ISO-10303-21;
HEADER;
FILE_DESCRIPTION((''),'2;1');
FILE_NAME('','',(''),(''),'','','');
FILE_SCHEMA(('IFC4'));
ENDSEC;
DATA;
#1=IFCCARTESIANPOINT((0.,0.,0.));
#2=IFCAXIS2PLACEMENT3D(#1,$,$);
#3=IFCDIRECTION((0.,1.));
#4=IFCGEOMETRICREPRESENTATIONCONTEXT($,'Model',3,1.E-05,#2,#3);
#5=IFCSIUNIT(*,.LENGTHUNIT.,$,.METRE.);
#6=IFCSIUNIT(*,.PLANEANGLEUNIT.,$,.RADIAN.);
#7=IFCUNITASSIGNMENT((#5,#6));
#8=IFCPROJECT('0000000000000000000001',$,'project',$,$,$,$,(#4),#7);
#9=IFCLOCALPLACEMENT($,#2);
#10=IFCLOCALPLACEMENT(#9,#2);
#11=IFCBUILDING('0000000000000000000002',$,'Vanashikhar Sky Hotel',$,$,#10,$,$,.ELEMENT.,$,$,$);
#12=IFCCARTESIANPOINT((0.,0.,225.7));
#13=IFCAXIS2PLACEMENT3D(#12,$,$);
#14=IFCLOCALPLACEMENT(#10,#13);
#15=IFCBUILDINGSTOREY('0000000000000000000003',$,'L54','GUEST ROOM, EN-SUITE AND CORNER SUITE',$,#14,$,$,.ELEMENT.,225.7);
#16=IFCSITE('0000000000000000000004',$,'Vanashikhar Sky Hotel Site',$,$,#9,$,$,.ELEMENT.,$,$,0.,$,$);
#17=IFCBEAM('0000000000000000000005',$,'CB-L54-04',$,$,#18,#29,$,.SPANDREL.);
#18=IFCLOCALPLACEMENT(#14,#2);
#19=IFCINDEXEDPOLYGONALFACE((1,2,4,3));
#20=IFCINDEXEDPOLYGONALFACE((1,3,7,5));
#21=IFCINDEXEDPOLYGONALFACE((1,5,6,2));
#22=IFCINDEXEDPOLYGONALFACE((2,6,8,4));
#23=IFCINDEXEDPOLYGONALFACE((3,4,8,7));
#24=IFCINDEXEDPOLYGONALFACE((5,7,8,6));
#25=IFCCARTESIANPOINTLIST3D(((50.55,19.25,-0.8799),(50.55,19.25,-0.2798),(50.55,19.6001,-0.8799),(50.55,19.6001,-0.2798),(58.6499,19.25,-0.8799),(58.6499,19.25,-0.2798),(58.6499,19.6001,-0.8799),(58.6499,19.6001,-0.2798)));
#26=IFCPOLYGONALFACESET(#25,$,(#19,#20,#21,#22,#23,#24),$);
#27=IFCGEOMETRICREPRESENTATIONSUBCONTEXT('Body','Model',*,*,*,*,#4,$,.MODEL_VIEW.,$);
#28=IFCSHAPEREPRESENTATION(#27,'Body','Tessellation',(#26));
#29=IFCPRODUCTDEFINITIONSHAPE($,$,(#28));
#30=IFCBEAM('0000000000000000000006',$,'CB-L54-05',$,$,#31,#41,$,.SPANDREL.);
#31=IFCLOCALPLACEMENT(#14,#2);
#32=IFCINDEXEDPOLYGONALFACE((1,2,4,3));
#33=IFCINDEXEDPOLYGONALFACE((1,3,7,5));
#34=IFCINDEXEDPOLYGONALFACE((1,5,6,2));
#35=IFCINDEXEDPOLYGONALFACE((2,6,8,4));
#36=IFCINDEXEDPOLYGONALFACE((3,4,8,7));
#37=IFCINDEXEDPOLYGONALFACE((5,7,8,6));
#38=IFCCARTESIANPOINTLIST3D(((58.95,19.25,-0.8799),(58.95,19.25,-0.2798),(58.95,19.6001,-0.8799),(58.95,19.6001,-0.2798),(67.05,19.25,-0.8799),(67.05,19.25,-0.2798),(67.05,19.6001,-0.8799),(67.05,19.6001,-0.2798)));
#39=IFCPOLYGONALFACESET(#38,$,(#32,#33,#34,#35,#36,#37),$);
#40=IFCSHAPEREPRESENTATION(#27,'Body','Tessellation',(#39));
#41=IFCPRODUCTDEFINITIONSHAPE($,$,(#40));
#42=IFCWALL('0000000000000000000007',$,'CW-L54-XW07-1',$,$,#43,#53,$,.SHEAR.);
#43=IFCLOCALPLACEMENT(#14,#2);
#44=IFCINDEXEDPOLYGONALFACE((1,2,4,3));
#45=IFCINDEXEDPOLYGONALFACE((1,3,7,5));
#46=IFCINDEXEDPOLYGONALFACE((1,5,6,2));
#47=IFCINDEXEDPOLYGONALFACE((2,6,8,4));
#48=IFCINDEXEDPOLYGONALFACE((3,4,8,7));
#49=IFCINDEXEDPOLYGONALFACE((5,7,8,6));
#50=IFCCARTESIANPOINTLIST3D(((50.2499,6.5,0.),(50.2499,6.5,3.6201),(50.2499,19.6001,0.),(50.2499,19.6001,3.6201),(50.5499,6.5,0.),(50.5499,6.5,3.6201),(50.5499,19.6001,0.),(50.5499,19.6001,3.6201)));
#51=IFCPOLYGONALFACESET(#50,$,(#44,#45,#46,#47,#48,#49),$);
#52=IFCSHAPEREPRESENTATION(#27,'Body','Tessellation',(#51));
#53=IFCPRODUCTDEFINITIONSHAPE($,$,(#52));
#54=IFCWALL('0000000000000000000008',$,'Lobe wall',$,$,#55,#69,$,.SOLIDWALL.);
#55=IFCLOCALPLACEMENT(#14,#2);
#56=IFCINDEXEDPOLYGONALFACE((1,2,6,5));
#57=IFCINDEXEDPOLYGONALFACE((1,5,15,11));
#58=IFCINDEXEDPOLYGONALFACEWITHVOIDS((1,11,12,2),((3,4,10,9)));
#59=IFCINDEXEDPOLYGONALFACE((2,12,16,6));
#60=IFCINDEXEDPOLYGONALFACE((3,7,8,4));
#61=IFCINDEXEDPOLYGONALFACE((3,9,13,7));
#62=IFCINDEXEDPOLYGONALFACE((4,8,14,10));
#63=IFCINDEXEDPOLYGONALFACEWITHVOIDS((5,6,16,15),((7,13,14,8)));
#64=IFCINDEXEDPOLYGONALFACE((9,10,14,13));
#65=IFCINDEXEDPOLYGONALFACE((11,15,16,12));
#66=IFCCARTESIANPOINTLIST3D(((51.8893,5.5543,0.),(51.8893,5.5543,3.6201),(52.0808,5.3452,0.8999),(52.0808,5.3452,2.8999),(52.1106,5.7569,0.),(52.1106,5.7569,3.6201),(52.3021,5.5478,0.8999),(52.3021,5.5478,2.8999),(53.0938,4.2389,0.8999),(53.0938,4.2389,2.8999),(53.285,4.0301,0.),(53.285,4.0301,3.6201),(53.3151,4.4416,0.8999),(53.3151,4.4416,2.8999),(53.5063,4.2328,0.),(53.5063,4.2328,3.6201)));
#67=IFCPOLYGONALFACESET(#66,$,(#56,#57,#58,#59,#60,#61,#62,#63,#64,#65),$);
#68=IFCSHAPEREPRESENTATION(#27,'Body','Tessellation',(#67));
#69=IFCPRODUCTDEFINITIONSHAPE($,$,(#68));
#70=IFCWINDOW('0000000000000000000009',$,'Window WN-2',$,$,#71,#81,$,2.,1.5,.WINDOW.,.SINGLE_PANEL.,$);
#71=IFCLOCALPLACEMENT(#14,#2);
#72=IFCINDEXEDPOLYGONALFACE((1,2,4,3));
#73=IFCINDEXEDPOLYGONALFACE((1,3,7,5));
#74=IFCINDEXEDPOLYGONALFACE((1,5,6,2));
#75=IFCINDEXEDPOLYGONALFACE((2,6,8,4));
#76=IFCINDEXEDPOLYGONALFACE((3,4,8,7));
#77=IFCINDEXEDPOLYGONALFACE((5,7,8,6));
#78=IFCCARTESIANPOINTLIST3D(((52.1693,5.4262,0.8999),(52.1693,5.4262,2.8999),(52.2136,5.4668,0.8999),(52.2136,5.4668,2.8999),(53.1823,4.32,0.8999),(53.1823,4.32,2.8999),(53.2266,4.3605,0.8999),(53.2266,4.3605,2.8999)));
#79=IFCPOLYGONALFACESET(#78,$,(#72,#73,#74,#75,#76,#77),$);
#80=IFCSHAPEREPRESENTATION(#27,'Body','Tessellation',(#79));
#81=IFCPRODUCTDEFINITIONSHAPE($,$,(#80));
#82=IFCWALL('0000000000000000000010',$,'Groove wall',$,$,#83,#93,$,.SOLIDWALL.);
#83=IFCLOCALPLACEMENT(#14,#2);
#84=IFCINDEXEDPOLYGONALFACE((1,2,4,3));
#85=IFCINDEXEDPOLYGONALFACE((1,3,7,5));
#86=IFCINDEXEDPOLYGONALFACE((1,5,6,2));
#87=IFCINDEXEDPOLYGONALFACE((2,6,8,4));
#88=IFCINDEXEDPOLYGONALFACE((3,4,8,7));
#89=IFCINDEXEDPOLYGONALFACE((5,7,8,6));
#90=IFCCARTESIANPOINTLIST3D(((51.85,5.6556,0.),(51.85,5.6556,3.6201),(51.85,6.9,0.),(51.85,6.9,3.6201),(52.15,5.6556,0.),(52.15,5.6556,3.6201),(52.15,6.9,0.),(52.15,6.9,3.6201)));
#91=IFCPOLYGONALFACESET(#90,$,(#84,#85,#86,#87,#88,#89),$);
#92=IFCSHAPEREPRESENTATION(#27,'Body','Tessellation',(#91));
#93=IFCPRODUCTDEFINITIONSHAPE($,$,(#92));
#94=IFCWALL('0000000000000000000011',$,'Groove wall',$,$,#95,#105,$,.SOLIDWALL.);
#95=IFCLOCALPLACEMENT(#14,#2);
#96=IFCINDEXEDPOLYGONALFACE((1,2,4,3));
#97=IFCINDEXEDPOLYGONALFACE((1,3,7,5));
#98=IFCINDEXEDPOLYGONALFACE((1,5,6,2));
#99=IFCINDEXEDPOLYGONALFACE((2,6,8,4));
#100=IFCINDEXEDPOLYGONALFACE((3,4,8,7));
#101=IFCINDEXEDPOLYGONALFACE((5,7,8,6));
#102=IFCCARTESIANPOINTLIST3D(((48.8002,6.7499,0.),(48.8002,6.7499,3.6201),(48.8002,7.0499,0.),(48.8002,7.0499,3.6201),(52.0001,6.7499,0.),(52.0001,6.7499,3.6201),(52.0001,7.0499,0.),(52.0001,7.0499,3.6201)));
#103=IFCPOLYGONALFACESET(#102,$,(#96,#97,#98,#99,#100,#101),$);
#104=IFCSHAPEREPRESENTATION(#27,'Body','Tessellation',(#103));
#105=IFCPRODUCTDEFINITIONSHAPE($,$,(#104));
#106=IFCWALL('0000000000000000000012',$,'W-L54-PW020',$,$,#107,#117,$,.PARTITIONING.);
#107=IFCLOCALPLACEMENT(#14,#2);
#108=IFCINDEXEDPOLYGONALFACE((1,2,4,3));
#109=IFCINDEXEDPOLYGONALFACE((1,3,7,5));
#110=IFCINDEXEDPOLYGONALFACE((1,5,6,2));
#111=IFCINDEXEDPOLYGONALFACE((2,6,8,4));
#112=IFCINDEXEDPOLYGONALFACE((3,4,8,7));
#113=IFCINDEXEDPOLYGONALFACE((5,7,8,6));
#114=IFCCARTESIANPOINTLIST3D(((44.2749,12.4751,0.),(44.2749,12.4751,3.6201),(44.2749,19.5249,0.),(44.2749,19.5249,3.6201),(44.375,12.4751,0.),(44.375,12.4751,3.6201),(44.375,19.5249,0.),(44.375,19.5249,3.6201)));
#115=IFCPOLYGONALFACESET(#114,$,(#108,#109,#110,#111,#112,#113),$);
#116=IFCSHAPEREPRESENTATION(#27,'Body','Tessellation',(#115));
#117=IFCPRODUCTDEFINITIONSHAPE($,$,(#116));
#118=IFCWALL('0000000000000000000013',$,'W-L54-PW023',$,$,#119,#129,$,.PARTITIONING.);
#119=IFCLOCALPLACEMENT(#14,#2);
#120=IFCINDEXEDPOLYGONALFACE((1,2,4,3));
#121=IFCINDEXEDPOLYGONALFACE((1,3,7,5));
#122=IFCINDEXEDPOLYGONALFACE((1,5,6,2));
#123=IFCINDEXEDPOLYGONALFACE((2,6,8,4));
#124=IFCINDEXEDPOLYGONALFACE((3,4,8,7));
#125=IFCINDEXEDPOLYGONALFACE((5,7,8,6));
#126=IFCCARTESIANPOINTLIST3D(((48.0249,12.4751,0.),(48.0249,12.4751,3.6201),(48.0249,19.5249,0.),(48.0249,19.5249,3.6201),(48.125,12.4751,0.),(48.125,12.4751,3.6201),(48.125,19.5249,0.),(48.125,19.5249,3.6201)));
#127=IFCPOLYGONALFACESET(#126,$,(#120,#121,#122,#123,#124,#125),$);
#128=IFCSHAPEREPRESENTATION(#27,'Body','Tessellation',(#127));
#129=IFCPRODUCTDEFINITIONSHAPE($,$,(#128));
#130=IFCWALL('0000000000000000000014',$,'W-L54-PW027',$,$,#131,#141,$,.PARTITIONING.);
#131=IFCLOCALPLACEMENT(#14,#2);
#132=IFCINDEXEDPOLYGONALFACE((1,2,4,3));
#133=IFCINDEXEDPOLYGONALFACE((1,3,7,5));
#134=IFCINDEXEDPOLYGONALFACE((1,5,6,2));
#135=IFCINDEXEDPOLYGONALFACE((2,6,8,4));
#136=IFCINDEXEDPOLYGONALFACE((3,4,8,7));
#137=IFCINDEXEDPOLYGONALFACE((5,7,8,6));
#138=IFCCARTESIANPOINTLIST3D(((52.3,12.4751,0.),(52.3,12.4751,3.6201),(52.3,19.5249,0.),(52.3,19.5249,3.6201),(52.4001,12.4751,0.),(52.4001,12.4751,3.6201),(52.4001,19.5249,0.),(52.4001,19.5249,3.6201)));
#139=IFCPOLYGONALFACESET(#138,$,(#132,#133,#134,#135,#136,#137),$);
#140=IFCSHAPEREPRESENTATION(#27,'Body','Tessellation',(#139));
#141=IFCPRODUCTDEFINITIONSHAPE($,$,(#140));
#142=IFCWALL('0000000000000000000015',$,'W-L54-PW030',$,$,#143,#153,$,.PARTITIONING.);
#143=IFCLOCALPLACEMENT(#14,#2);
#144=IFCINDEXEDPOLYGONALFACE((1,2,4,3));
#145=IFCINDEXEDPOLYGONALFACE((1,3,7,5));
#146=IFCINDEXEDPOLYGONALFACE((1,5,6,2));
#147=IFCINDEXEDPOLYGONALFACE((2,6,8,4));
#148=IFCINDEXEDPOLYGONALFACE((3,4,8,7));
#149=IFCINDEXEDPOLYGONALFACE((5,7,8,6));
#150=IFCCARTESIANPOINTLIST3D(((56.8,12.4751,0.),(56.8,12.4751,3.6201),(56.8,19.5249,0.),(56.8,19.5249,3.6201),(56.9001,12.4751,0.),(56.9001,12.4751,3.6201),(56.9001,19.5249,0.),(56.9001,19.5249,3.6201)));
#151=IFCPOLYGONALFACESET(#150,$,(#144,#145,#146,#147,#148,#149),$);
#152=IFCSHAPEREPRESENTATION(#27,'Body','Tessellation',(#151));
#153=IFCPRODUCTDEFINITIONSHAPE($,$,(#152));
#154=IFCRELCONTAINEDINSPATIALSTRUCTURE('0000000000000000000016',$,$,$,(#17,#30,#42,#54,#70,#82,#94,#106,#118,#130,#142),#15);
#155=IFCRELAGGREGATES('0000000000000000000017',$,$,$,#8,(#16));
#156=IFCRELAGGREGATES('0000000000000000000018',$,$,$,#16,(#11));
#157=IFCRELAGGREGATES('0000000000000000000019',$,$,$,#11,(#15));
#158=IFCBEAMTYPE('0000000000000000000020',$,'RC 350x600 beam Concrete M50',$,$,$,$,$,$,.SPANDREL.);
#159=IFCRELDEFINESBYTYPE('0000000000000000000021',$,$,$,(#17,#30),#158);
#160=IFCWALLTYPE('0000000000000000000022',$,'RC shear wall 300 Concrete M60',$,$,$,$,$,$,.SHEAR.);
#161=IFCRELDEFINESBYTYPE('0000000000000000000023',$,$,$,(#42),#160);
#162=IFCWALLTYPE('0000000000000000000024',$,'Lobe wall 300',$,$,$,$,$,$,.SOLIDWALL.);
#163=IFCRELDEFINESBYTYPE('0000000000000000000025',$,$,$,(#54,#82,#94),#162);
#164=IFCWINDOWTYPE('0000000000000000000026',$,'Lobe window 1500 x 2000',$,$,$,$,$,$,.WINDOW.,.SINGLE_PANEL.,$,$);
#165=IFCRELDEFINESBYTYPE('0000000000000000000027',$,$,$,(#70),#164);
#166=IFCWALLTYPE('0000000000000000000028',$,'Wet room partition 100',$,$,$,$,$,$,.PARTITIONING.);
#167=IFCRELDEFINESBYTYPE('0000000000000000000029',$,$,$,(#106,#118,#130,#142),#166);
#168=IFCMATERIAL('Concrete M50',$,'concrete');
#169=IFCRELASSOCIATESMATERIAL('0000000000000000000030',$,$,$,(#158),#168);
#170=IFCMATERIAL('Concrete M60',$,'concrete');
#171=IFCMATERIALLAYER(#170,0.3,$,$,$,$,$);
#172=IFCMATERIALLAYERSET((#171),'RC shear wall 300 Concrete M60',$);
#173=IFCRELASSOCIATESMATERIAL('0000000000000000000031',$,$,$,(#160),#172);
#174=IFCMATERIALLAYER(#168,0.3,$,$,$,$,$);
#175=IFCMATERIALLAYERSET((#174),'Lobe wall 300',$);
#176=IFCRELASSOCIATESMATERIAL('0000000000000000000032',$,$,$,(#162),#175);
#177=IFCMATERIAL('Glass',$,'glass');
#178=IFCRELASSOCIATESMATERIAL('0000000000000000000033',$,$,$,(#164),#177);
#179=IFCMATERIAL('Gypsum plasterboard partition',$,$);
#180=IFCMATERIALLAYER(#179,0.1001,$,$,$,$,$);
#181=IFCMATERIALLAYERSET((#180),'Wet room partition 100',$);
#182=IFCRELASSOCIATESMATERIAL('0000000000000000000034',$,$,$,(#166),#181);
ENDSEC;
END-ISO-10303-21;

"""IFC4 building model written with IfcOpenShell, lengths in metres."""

from ifc_helpers import new_model, si_unit, direction, frame, frame_2d, origin, origin_2d, place, context, subcontext, project, spatial, rectangle, extrude, source, transform, mapped, material, layer, layer_set, material_profile, profile_set, type_object, element, fill, save


model = new_model("IFC4")

# Units and contexts
model_context = context("Model", 3, precision=1e-05, world=origin(), true_north=direction((0.0, 1.0)))
body_context = subcontext(model_context, "Body", "Model", "MODEL_VIEW")
ifc_project = project(units=[si_unit("LENGTHUNIT", "METRE"), si_unit("PLANEANGLEUNIT", "RADIAN")], contexts=[model_context])

# Site, building, storey
site_placement = place(None, origin())
site = spatial("IfcSite", under=ifc_project, at=site_placement, Name="Vanashikhar Sky Hotel Site", CompositionType="ELEMENT", RefElevation=0.0)
building_placement = place(site_placement, origin())
building = spatial("IfcBuilding", under=site, at=building_placement, Name="Vanashikhar Sky Hotel", CompositionType="ELEMENT")
storey_placement = place(building_placement, frame((0.0, 0.0, 225.7)))
storey = spatial("IfcBuildingStorey", under=building, at=storey_placement, Name="L54", Description="GUEST ROOM, EN-SUITE AND CORNER SUITE", CompositionType="ELEMENT", Elevation=225.7)

# Beams
ifc_material_1 = material(Name="Concrete M50", Category="concrete")
ifc_material_profile = material_profile(ifc_material_1, rectangle(XDim=0.3501, YDim=0.6001, at=origin_2d()))
ifc_profile_set = profile_set([ifc_material_profile], Name="RC 350x600 beam Concrete M50")
beam_type = type_object("IfcBeamType", Name="RC 350x600 beam Concrete M50", PredefinedType="SPANDREL", material=ifc_profile_set)
shared_shape_1 = source(origin(), body_context, "Body", "SweptSolid", [
    extrude(rectangle(XDim=0.3501, YDim=0.6001, at=origin_2d()), origin(), (0.0, 0.0, 1.0), 8.0999),
])
beam_1_placement = place(storey_placement, frame((50.55, 19.425, -0.5798), z_axis=(1.0, 0.0, 0.0), x_axis=(0.0, 1.0, 0.0)))
element("IfcBeam", 1, at=beam_1_placement, inside=storey, type_object=beam_type, Name="CB-L54-04", PredefinedType="SPANDREL", context=body_context, shape_type="MappedRepresentation", body=[
    mapped(shared_shape_1, transform((0.0, 0.0, 0.0), scale=1.0)),
])
shared_shape_2 = source(origin(), body_context, "Body", "SweptSolid", [
    extrude(rectangle(XDim=0.3501, YDim=0.6001, at=origin_2d()), origin(), (0.0, 0.0, 1.0), 8.1001),
])
beam_2_placement = place(storey_placement, frame((58.95, 19.425, -0.5798), z_axis=(1.0, 0.0, 0.0), x_axis=(0.0, 1.0, 0.0)))
element("IfcBeam", 2, at=beam_2_placement, inside=storey, type_object=beam_type, Name="CB-L54-05", PredefinedType="SPANDREL", context=body_context, shape_type="MappedRepresentation", body=[
    mapped(shared_shape_2, transform((0.0, 0.0, 0.0), scale=1.0)),
])

# Wall
ifc_material_2 = material(Name="Concrete M60", Category="concrete")
ifc_layer_1 = layer(ifc_material_2, 0.3)
ifc_layer_set_1 = layer_set([ifc_layer_1], Name="RC shear wall 300 Concrete M60")
wall_type_1 = type_object("IfcWallType", Name="RC shear wall 300 Concrete M60", PredefinedType="SHEAR", material=ifc_layer_set_1)
shared_shape_3 = source(origin(), body_context, "Body", "SweptSolid", [
    extrude(rectangle(XDim=13.1001, YDim=0.3, at=frame_2d((6.55, 0.0))), origin(), (0.0, 0.0, 1.0), 3.6201),
])
wall_1_placement = place(storey_placement, frame((50.3999, 6.5, 0.0), z_axis=(0.0, 0.0, 1.0), x_axis=(0.0, 1.0, 0.0)))
element("IfcWall", 3, at=wall_1_placement, inside=storey, type_object=wall_type_1, Name="CW-L54-XW07-1", PredefinedType="SHEAR", context=body_context, shape_type="MappedRepresentation", body=[
    mapped(shared_shape_3, transform((0.0, 0.0, 0.0), scale=1.0)),
])

# Wall, opening, window
ifc_layer_2 = layer(ifc_material_1, 0.3)
ifc_layer_set_2 = layer_set([ifc_layer_2], Name="Lobe wall 300")
wall_type_2 = type_object("IfcWallType", Name="Lobe wall 300", PredefinedType="SOLIDWALL", material=ifc_layer_set_2)
shared_shape_4 = source(origin(), body_context, "Body", "SweptSolid", [
    extrude(rectangle(XDim=2.0667, YDim=0.3, at=frame_2d((1.0332, 0.0))), origin(), (0.0, 0.0, 1.0), 3.6201),
])
wall_2_placement = place(storey_placement, frame((52.0, 5.6555, 0.0), z_axis=(0.0, 0.0, 1.0), x_axis=(0.675355, -0.737492, 0.0)))
wall_2 = element("IfcWall", 4, at=wall_2_placement, inside=storey, type_object=wall_type_2, Name="Lobe wall", PredefinedType="SOLIDWALL", context=body_context, shape_type="MappedRepresentation", body=[
    mapped(shared_shape_4, transform((0.0, 0.0, 0.0), scale=1.0)),
])
shared_shape_5 = source(origin(), body_context, "Body", "SweptSolid", [
    extrude(rectangle(XDim=1.5, YDim=2.0, at=frame_2d((0.75, 1.0))), frame((0.0, 0.1602, 0.0), z_axis=(0.0, -1.0, 0.0), x_axis=(1.0, 0.0, 0.0)), (0.0, 0.0, 1.0), 0.3201),
])
opening_1_placement = place(wall_2_placement, frame((0.2834, 0.0, 0.8999)))
opening_1 = element("IfcOpeningElement", 5, at=opening_1_placement, cuts=wall_2, PredefinedType="OPENING", context=body_context, shape_type="MappedRepresentation", body=[
    mapped(shared_shape_5, transform((0.0, 0.0, 0.0), scale=1.0)),
])
ifc_material_3 = material(Name="Glass", Category="glass")
window_type = type_object("IfcWindowType", Name="Lobe window 1500 x 2000", PartitioningType="SINGLE_PANEL", PredefinedType="WINDOW", material=ifc_material_3)
shared_shape_6 = source(origin(), body_context, "Body", "SweptSolid", [
    extrude(rectangle(XDim=1.5, YDim=2.0, at=frame_2d((0.75, 1.0))), frame((0.0, 0.03, 0.0), z_axis=(0.0, -1.0, 0.0), x_axis=(1.0, 0.0, 0.0)), (0.0, 0.0, 1.0), 0.0601),
])
window_placement = place(opening_1_placement, origin())
window = element("IfcWindow", 6, at=window_placement, inside=storey, type_object=window_type, Name="Window WN-2", OverallHeight=2.0, OverallWidth=1.5, PartitioningType="SINGLE_PANEL", PredefinedType="WINDOW", context=body_context, shape_type="MappedRepresentation", body=[
    mapped(shared_shape_6, transform((0.0, 0.0, 0.0), scale=1.0)),
])
fill(opening_1, window)

# Walls
shared_shape_7 = source(origin(), body_context, "Body", "SweptSolid", [
    extrude(rectangle(XDim=1.2444, YDim=0.3, at=frame_2d((0.6221, 0.0))), origin(), (0.0, 0.0, 1.0), 3.6201),
])
wall_3_placement = place(storey_placement, frame((52.0, 6.8999, 0.0), z_axis=(0.0, 0.0, 1.0), x_axis=(0.0, -1.0, 0.0)))
element("IfcWall", 7, at=wall_3_placement, inside=storey, type_object=wall_type_2, Name="Groove wall", PredefinedType="SOLIDWALL", context=body_context, shape_type="MappedRepresentation", body=[
    mapped(shared_shape_7, transform((0.0, 0.0, 0.0), scale=1.0)),
])
shared_shape_8 = source(origin(), body_context, "Body", "SweptSolid", [
    extrude(rectangle(XDim=3.2, YDim=0.3, at=frame_2d((1.6001, 0.0))), origin(), (0.0, 0.0, 1.0), 3.6201),
])
wall_4_placement = place(storey_placement, frame((48.8, 6.8999, 0.0), z_axis=(0.0, 0.0, 1.0), x_axis=(1.0, 0.0, 0.0)))
element("IfcWall", 8, at=wall_4_placement, inside=storey, type_object=wall_type_2, Name="Groove wall", PredefinedType="SOLIDWALL", context=body_context, shape_type="MappedRepresentation", body=[
    mapped(shared_shape_8, transform((0.0, 0.0, 0.0), scale=1.0)),
])
ifc_material_4 = material(Name="Gypsum plasterboard partition")
ifc_layer_3 = layer(ifc_material_4, 0.1001)
ifc_layer_set_3 = layer_set([ifc_layer_3], Name="Wet room partition 100")
wall_type_3 = type_object("IfcWallType", Name="Wet room partition 100", PredefinedType="PARTITIONING", material=ifc_layer_set_3)
shared_shape_9 = source(origin(), body_context, "Body", "SweptSolid", [
    extrude(rectangle(XDim=7.0498, YDim=0.1001, at=frame_2d((3.5249, 0.0))), origin(), (0.0, 0.0, 1.0), 3.6201),
])
for number, where, z_axis, x_axis, name in (
    (9, (44.325, 12.4751, 0.0), (0.0, 0.0, 1.0), (0.0, 1.0, 0.0), "W-L54-PW020"),
    (10, (48.075, 12.4751, 0.0), (0.0, 0.0, 1.0), (0.0, 1.0, 0.0), "W-L54-PW023"),
    (11, (52.3501, 12.4751, 0.0), (0.0, 0.0, 1.0), (0.0, 1.0, 0.0), "W-L54-PW027"),
    (12, (56.8501, 12.4751, 0.0), (0.0, 0.0, 1.0), (0.0, 1.0, 0.0), "W-L54-PW030"),
):
    element("IfcWall", number, at=place(storey_placement, frame(where, z_axis=z_axis, x_axis=x_axis)), inside=storey, type_object=wall_type_3, Name=name, PredefinedType="PARTITIONING", context=body_context, shape_type="MappedRepresentation", body=[
        mapped(shared_shape_9, transform((0.0, 0.0, 0.0), scale=1.0)),
    ])

save(model, "model.ifc")
